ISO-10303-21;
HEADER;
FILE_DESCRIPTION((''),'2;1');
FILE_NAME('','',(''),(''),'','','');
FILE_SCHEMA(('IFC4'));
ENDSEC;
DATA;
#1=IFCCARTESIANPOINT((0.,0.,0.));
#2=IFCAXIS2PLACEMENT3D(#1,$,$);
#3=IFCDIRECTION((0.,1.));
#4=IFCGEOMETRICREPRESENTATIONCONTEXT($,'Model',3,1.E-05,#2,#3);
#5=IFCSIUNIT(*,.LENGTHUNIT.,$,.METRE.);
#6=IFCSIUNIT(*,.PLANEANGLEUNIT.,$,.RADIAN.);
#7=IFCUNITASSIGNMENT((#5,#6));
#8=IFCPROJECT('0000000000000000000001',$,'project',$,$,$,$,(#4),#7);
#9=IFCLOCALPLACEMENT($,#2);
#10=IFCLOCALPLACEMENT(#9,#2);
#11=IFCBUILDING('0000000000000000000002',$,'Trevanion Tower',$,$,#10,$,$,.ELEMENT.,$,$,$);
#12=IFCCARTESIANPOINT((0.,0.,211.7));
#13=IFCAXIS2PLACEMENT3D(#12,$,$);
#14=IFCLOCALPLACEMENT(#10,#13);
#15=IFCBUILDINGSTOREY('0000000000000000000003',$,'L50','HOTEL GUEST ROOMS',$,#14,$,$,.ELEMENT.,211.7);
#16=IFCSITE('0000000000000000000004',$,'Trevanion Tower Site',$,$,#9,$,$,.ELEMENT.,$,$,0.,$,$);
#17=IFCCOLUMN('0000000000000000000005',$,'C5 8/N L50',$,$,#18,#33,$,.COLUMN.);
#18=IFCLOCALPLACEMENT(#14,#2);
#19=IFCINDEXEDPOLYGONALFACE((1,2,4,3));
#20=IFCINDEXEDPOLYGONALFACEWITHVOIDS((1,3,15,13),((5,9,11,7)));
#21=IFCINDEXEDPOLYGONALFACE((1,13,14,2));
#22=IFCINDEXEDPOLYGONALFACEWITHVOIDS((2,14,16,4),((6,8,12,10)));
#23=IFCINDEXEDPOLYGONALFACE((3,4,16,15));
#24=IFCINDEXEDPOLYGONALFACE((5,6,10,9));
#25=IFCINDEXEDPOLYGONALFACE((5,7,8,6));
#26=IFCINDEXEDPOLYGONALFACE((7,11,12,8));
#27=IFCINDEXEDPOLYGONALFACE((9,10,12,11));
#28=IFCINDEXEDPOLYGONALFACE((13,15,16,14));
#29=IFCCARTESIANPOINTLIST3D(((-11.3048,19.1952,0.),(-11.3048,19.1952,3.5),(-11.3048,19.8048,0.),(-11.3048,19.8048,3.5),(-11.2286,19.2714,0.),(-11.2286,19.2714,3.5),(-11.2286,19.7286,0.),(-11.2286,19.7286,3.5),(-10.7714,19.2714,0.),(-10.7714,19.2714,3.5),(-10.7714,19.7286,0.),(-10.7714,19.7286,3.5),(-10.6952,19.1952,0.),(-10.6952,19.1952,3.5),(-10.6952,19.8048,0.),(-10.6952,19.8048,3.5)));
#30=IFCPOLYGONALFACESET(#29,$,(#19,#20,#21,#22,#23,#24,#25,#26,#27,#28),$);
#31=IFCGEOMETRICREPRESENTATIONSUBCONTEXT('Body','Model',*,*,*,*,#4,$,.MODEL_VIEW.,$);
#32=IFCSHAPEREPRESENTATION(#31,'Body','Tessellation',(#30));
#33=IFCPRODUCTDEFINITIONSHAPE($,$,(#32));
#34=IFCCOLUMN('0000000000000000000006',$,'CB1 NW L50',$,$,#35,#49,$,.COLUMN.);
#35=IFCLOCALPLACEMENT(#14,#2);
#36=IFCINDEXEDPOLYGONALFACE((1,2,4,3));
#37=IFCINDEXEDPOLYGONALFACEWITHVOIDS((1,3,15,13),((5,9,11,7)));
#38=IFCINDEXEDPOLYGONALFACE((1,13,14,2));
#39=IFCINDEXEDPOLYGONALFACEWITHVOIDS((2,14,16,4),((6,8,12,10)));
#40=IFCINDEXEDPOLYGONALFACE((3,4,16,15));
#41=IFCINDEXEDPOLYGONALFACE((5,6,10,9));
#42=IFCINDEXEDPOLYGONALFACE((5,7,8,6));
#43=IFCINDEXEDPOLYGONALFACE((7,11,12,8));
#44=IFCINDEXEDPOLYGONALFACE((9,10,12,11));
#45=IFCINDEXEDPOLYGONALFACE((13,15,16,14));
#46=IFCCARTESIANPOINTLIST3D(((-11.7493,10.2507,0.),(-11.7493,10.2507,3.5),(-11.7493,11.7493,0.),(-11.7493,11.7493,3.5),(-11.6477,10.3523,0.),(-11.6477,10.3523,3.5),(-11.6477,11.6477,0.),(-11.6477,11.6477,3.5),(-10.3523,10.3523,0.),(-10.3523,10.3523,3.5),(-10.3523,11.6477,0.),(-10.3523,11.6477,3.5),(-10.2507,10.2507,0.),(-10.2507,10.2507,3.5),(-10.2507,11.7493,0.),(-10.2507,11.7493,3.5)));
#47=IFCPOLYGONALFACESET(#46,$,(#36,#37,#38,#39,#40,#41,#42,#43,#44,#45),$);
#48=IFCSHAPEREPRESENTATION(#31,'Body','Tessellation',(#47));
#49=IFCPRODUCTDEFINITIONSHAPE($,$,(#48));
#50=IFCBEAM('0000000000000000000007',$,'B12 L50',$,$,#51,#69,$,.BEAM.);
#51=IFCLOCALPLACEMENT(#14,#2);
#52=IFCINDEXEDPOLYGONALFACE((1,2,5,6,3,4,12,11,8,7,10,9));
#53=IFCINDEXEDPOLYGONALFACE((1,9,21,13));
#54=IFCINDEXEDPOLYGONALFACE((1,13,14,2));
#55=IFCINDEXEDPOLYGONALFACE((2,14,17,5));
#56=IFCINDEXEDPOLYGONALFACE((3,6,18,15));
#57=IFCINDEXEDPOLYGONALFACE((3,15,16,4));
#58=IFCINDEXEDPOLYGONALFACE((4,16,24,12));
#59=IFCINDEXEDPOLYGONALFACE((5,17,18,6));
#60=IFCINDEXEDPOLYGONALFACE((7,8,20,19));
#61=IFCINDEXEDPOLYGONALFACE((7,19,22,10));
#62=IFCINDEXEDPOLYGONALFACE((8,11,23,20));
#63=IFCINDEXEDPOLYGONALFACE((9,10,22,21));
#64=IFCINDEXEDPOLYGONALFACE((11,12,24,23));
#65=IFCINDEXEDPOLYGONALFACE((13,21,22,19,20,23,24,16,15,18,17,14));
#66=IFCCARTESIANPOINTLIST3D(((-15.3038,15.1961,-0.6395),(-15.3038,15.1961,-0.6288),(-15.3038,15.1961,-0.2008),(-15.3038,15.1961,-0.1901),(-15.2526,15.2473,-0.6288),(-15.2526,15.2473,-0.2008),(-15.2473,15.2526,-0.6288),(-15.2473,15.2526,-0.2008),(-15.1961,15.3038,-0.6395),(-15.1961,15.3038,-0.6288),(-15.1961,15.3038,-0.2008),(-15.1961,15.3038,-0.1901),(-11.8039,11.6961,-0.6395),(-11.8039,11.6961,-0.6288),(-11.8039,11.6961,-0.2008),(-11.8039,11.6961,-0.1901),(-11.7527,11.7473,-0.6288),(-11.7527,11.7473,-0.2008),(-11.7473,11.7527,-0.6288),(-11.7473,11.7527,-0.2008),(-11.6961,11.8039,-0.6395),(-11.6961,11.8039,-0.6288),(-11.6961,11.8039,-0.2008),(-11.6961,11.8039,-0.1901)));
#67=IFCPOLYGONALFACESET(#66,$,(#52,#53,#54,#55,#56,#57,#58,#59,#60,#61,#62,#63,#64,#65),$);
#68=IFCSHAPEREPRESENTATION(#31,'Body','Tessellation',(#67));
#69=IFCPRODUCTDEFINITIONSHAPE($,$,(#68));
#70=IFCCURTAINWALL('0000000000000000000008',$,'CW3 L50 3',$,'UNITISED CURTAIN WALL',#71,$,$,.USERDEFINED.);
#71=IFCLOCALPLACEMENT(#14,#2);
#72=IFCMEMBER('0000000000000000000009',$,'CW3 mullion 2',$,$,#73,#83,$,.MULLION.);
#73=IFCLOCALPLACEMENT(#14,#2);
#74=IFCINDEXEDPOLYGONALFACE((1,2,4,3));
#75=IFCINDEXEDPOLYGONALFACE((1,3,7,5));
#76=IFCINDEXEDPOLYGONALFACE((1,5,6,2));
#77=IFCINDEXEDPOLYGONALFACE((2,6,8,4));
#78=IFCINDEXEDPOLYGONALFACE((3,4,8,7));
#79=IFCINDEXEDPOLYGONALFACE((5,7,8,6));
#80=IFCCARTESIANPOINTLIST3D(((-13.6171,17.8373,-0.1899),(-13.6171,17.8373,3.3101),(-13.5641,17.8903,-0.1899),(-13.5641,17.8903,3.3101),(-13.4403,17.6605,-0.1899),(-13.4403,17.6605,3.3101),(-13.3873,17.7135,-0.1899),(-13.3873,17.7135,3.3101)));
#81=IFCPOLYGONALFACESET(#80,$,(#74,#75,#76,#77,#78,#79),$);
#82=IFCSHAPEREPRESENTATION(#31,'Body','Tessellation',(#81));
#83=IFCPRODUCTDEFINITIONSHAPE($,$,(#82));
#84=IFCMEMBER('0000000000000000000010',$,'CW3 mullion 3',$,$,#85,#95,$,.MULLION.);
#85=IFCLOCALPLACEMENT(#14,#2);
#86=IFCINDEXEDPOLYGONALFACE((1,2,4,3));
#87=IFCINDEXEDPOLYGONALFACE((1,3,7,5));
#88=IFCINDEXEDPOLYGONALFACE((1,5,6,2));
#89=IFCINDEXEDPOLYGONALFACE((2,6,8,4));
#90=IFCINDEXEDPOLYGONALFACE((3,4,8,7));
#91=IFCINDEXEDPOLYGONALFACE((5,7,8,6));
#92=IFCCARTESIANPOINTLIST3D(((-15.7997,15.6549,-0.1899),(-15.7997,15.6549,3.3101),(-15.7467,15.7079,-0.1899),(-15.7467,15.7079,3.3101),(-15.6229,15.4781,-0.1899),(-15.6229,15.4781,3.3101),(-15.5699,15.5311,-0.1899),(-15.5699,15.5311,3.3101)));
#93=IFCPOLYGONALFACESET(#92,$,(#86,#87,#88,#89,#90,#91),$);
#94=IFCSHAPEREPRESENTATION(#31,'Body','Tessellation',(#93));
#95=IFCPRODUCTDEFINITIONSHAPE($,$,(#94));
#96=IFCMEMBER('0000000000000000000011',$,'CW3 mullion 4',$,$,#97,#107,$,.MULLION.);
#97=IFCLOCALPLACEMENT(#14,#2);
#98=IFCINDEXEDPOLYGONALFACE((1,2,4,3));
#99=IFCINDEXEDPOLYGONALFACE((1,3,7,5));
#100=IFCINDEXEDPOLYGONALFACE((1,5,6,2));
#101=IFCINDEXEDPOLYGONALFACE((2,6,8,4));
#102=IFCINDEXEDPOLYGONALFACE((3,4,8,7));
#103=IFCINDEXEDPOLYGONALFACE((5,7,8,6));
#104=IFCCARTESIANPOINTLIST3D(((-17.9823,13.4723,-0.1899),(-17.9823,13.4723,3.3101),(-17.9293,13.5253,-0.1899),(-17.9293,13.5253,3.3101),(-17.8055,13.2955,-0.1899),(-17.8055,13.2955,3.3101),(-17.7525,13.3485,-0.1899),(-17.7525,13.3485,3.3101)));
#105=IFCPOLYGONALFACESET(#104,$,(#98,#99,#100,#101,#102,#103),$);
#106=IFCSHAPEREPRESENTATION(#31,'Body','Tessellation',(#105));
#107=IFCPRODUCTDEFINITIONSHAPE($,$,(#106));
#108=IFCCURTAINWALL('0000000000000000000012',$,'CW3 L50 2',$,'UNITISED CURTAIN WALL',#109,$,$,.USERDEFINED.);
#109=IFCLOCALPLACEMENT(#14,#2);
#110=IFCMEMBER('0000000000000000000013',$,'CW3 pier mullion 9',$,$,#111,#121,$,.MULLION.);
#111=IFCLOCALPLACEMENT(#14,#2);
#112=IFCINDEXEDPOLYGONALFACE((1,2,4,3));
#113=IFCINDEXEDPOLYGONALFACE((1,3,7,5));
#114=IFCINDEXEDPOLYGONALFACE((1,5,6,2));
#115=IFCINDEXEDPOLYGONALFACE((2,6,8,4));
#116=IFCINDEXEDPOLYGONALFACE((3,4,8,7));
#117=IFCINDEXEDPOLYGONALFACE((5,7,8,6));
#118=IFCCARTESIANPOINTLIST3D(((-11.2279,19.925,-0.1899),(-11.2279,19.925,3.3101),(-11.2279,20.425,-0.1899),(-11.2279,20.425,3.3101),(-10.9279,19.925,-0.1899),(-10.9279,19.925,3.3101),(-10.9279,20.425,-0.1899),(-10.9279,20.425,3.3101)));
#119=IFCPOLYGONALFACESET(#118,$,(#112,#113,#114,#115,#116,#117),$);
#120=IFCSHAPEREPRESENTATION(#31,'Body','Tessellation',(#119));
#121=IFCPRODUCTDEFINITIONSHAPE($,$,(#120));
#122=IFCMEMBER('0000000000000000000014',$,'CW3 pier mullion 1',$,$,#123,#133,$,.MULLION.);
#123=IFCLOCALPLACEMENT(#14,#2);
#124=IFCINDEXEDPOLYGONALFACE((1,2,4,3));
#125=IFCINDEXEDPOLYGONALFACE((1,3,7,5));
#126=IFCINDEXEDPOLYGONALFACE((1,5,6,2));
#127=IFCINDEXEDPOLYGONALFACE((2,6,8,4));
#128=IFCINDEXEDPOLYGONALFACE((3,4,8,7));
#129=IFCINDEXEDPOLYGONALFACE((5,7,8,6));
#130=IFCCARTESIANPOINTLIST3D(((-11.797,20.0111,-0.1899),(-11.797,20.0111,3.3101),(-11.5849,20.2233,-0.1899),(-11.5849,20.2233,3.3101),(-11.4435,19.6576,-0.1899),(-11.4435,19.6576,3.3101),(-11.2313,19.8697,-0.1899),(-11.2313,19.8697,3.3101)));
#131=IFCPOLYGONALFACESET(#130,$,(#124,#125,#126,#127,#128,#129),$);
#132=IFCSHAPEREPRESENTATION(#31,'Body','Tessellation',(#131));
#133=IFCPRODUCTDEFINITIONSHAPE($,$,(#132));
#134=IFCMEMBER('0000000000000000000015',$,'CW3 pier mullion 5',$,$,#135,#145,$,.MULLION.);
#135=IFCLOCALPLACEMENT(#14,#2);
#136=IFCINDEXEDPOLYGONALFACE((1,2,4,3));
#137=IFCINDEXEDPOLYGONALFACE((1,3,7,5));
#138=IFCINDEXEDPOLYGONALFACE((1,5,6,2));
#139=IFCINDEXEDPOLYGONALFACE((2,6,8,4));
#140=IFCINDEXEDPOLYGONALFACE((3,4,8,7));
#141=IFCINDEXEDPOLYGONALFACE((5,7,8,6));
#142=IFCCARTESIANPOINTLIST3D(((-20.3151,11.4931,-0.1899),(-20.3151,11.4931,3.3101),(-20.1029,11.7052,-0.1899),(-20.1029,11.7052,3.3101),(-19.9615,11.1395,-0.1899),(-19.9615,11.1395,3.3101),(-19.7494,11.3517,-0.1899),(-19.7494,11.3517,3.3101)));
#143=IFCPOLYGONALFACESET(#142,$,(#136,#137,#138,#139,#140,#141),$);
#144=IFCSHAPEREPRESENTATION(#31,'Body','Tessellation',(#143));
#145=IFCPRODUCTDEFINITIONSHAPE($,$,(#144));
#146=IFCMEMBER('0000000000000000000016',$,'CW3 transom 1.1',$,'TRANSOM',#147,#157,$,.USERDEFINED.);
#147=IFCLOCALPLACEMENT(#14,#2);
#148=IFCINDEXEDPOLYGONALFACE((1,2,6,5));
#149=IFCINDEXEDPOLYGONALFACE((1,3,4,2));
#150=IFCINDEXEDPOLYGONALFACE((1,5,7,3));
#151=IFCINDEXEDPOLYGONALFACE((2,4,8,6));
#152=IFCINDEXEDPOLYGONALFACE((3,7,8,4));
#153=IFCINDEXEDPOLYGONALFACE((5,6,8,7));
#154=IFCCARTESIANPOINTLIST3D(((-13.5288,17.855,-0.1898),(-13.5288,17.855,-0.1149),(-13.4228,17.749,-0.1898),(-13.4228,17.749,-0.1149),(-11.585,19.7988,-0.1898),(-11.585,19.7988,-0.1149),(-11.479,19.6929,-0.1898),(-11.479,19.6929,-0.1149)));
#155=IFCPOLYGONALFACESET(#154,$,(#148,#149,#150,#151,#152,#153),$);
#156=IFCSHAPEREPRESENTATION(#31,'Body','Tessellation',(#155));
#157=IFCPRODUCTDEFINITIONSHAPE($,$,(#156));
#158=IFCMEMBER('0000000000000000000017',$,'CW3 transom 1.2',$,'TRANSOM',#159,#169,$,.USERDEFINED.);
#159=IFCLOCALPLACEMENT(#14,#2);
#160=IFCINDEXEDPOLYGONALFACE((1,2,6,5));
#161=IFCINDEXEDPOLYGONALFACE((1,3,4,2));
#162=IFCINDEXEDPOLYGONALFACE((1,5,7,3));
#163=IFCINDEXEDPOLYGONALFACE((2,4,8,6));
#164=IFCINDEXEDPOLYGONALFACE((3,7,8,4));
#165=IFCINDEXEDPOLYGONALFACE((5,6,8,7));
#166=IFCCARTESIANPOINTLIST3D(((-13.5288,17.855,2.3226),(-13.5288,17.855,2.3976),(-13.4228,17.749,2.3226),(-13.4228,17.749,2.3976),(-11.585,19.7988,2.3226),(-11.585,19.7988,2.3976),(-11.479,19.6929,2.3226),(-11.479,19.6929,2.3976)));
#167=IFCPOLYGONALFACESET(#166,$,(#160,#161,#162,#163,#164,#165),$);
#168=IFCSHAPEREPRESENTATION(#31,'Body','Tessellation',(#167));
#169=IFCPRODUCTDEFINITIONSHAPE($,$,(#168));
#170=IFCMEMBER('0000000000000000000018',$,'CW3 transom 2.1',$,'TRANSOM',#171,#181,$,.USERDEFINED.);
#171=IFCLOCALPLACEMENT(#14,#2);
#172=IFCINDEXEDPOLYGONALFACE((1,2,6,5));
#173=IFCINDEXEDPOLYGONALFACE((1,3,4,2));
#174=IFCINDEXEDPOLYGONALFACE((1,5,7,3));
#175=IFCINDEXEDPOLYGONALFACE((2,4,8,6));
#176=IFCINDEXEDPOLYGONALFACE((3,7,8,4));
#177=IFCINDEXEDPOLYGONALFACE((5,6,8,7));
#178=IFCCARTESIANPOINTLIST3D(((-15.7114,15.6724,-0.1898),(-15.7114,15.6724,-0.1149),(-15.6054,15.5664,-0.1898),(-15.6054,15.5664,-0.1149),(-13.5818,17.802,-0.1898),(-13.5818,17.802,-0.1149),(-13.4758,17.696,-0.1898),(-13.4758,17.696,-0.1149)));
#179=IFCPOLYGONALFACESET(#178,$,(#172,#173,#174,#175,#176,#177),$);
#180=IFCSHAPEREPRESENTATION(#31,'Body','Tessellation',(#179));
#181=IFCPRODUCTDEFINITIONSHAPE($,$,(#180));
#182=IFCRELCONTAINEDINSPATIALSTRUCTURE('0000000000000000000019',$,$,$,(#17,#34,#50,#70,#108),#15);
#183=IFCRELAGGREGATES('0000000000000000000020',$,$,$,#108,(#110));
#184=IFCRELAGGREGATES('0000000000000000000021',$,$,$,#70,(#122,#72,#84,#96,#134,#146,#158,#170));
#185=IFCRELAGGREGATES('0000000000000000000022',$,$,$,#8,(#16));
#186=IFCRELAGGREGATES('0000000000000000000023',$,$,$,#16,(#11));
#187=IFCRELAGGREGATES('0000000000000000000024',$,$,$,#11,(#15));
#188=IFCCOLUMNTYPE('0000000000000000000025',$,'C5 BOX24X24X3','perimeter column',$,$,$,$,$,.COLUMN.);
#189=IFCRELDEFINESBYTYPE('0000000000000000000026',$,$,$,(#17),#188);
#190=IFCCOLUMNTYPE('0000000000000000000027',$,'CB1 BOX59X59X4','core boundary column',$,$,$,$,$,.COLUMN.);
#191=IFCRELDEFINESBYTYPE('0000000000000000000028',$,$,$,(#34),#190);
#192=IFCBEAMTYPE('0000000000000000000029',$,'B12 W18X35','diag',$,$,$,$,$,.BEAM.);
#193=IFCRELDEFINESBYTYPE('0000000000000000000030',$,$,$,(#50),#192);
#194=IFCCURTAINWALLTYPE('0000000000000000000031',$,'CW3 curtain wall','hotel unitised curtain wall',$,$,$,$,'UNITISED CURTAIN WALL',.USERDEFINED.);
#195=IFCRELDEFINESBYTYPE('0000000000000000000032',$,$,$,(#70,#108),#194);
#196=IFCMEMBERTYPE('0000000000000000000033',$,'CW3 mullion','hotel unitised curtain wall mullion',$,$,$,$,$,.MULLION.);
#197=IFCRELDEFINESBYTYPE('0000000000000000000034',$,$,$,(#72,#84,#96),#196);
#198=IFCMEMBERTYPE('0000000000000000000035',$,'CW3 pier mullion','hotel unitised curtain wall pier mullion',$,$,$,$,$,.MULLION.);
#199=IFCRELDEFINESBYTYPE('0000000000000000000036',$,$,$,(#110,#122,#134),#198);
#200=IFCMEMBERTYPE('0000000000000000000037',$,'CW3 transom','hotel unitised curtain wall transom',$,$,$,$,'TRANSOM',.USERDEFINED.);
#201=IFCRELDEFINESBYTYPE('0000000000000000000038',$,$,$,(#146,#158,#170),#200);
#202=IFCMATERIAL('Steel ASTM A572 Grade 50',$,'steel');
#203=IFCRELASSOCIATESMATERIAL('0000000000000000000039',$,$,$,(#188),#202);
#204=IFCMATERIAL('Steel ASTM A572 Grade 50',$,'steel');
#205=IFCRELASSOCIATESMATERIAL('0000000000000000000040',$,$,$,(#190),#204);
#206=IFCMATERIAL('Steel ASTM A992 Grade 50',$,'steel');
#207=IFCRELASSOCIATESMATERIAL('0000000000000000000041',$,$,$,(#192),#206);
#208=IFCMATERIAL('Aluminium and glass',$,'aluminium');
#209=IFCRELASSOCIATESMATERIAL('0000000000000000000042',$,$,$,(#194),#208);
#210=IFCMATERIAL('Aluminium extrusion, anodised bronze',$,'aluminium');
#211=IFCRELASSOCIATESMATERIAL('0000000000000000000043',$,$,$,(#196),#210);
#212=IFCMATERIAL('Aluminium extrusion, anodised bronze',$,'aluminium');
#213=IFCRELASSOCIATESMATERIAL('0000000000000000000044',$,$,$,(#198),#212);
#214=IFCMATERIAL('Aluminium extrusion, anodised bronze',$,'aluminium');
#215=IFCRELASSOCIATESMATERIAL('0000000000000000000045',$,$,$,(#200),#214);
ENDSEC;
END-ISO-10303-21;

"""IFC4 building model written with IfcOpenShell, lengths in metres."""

from ifc_helpers import new_model, si_unit, direction, frame, origin, origin_2d, place, context, subcontext, project, spatial, rectangle, hollow_rectangle, i_section, extrude, material, material_profile, profile_set, type_object, element, aggregate, save


model = new_model("IFC4")

# Units and contexts
model_context = context("Model", 3, precision=1e-05, world=origin(), true_north=direction((0.0, 1.0)))
body_context = subcontext(model_context, "Body", "Model", "MODEL_VIEW")
ifc_project = project(units=[si_unit("LENGTHUNIT", "METRE"), si_unit("PLANEANGLEUNIT", "RADIAN")], contexts=[model_context])

# Site, building, storey
site_placement = place(None, origin())
site = spatial("IfcSite", under=ifc_project, at=site_placement, Name="Trevanion Tower Site", CompositionType="ELEMENT", RefElevation=0.0)
building_placement = place(site_placement, origin())
building = spatial("IfcBuilding", under=site, at=building_placement, Name="Trevanion Tower", CompositionType="ELEMENT")
storey_placement = place(building_placement, frame((0.0, 0.0, 211.7)))
storey = spatial("IfcBuildingStorey", under=building, at=storey_placement, Name="L50", Description="HOTEL GUEST ROOMS", CompositionType="ELEMENT", Elevation=211.7)

# Columns
ifc_material_1 = material(Name="Steel ASTM A572 Grade 50", Category="steel")
ifc_material_profile_1 = material_profile(ifc_material_1, hollow_rectangle(XDim=0.6096, YDim=0.6096, WallThickness=0.0762, at=origin_2d()), Name="BOX24X24X3")
ifc_profile_set_1 = profile_set([ifc_material_profile_1], Name="Steel ASTM A572 Grade 50")
column_type_1 = type_object("IfcColumnType", Name="C5 BOX24X24X3", Description="perimeter column", PredefinedType="COLUMN", material=ifc_profile_set_1)
column_1_placement = place(storey_placement, frame((-11.0, 19.5, 0.0), z_axis=(0.0, 0.0, 1.0), x_axis=(1.0, 0.0, 0.0)))
element("IfcColumn", 1, at=column_1_placement, inside=storey, type_object=column_type_1, Name="C5 8/N L50", PredefinedType="COLUMN", context=body_context, shape_type="SweptSolid", body=[
    extrude(hollow_rectangle(XDim=0.6096, YDim=0.6096, WallThickness=0.0762, at=origin_2d()), origin(), (0.0, 0.0, 1.0), 3.5),
])
ifc_material_2 = material(Name="Steel ASTM A572 Grade 50", Category="steel")
ifc_material_profile_2 = material_profile(ifc_material_2, hollow_rectangle(XDim=1.4985, YDim=1.4985, WallThickness=0.1016, at=origin_2d()), Name="BOX59X59X4")
ifc_profile_set_2 = profile_set([ifc_material_profile_2], Name="Steel ASTM A572 Grade 50")
column_type_2 = type_object("IfcColumnType", Name="CB1 BOX59X59X4", Description="core boundary column", PredefinedType="COLUMN", material=ifc_profile_set_2)
column_2_placement = place(storey_placement, frame((-11.0, 11.0, 0.0), z_axis=(0.0, 0.0, 1.0), x_axis=(1.0, 0.0, 0.0)))
element("IfcColumn", 2, at=column_2_placement, inside=storey, type_object=column_type_2, Name="CB1 NW L50", PredefinedType="COLUMN", context=body_context, shape_type="SweptSolid", body=[
    extrude(hollow_rectangle(XDim=1.4985, YDim=1.4985, WallThickness=0.1016, at=origin_2d()), origin(), (0.0, 0.0, 1.0), 3.5),
])

# Beam
ifc_material_3 = material(Name="Steel ASTM A992 Grade 50", Category="steel")
ifc_material_profile_3 = material_profile(ifc_material_3, i_section(OverallWidth=0.1523, OverallDepth=0.4495, WebThickness=0.0076, FlangeThickness=0.0107, at=origin_2d()), Name="W18X35")
ifc_profile_set_3 = profile_set([ifc_material_profile_3], Name="Steel ASTM A992 Grade 50")
beam_type_1 = type_object("IfcBeamType", Name="B12 W18X35", Description="diag", PredefinedType="BEAM", material=ifc_profile_set_3)
beam_1_placement = place(storey_placement, frame((-11.75, 11.75, -0.4148), z_axis=(-0.707107, 0.707107, 0.0), x_axis=(-0.707107, -0.707107, 0.0)))
element("IfcBeam", 3, at=beam_1_placement, inside=storey, type_object=beam_type_1, Name="B12 L50", PredefinedType="BEAM", context=body_context, shape_type="SweptSolid", body=[
    extrude(i_section(OverallWidth=0.1523, OverallDepth=0.4495, WebThickness=0.0076, FlangeThickness=0.0107, at=origin_2d()), origin(), (0.0, 0.0, 1.0), 4.9497),
])

# Curtain wall, members
ifc_material_4 = material(Name="Aluminium and glass", Category="aluminium")
curtain_wall_type = type_object("IfcCurtainWallType", Name="CW3 curtain wall", Description="hotel unitised curtain wall", ElementType="UNITISED CURTAIN WALL", PredefinedType="USERDEFINED", material=ifc_material_4)
curtain_wall_1_placement = place(storey_placement, origin())
curtain_wall_1 = element("IfcCurtainWall", 4, at=curtain_wall_1_placement, inside=storey, type_object=curtain_wall_type, Name="CW3 L50 3", ObjectType="UNITISED CURTAIN WALL", PredefinedType="USERDEFINED")
ifc_material_5 = material(Name="Aluminium extrusion, anodised bronze", Category="aluminium")
ifc_material_profile_4 = material_profile(ifc_material_5, rectangle(XDim=0.075, YDim=0.25, at=origin_2d()), Name="CW3 mullion")
ifc_profile_set_4 = profile_set([ifc_material_profile_4], Name="Aluminium extrusion, anodised bronze")
member_type_1 = type_object("IfcMemberType", Name="CW3 mullion", Description="hotel unitised curtain wall mullion", PredefinedType="MULLION", material=ifc_profile_set_4)
member_1_placement = place(storey_placement, frame((-13.5022, 17.7754, -0.1899), z_axis=(0.0, 0.0, 1.0), x_axis=(-0.707107, -0.707107, 0.0)))
member_1 = element("IfcMember", 5, at=member_1_placement, type_object=member_type_1, Name="CW3 mullion 2", PredefinedType="MULLION", context=body_context, shape_type="SweptSolid", body=[
    extrude(rectangle(XDim=0.075, YDim=0.25, at=origin_2d()), origin(), (0.0, 0.0, 1.0), 3.5),
])
member_2_placement = place(storey_placement, frame((-15.6848, 15.593, -0.1899), z_axis=(0.0, 0.0, 1.0), x_axis=(-0.707107, -0.707107, 0.0)))
member_2 = element("IfcMember", 6, at=member_2_placement, type_object=member_type_1, Name="CW3 mullion 3", PredefinedType="MULLION", context=body_context, shape_type="SweptSolid", body=[
    extrude(rectangle(XDim=0.075, YDim=0.25, at=origin_2d()), origin(), (0.0, 0.0, 1.0), 3.5),
])
member_3_placement = place(storey_placement, frame((-17.8674, 13.4104, -0.1899), z_axis=(0.0, 0.0, 1.0), x_axis=(-0.707107, -0.707107, 0.0)))
member_3 = element("IfcMember", 7, at=member_3_placement, type_object=member_type_1, Name="CW3 mullion 4", PredefinedType="MULLION", context=body_context, shape_type="SweptSolid", body=[
    extrude(rectangle(XDim=0.075, YDim=0.25, at=origin_2d()), origin(), (0.0, 0.0, 1.0), 3.5),
])

# Curtain wall, member
curtain_wall_2_placement = place(storey_placement, origin())
curtain_wall_2 = element("IfcCurtainWall", 8, at=curtain_wall_2_placement, inside=storey, type_object=curtain_wall_type, Name="CW3 L50 2", ObjectType="UNITISED CURTAIN WALL", PredefinedType="USERDEFINED")
ifc_material_6 = material(Name="Aluminium extrusion, anodised bronze", Category="aluminium")
ifc_material_profile_5 = material_profile(ifc_material_6, rectangle(XDim=0.3, YDim=0.5, at=origin_2d()), Name="CW3 pier mullion")
ifc_profile_set_5 = profile_set([ifc_material_profile_5], Name="Aluminium extrusion, anodised bronze")
member_type_2 = type_object("IfcMemberType", Name="CW3 pier mullion", Description="hotel unitised curtain wall pier mullion", PredefinedType="MULLION", material=ifc_profile_set_5)
member_4_placement = place(storey_placement, frame((-11.0779, 20.175, -0.1899), z_axis=(0.0, 0.0, 1.0), x_axis=(-1.0, 0.0, 0.0)))
member_4 = element("IfcMember", 9, at=member_4_placement, type_object=member_type_2, Name="CW3 pier mullion 9", PredefinedType="MULLION", context=body_context, shape_type="SweptSolid", body=[
    extrude(rectangle(XDim=0.3, YDim=0.5, at=origin_2d()), origin(), (0.0, 0.0, 1.0), 3.5),
])
aggregate(curtain_wall_2, [member_4])

# Members
member_5_placement = place(storey_placement, frame((-11.5142, 19.9404, -0.1899), z_axis=(0.0, 0.0, 1.0), x_axis=(-0.707107, -0.707107, 0.0)))
member_5 = element("IfcMember", 10, at=member_5_placement, type_object=member_type_2, Name="CW3 pier mullion 1", PredefinedType="MULLION", context=body_context, shape_type="SweptSolid", body=[
    extrude(rectangle(XDim=0.3, YDim=0.5, at=origin_2d()), origin(), (0.0, 0.0, 1.0), 3.5),
])
member_6_placement = place(storey_placement, frame((-20.0322, 11.4224, -0.1899), z_axis=(0.0, 0.0, 1.0), x_axis=(-0.707107, -0.707107, 0.0)))
member_6 = element("IfcMember", 11, at=member_6_placement, type_object=member_type_2, Name="CW3 pier mullion 5", PredefinedType="MULLION", context=body_context, shape_type="SweptSolid", body=[
    extrude(rectangle(XDim=0.3, YDim=0.5, at=origin_2d()), origin(), (0.0, 0.0, 1.0), 3.5),
])
ifc_material_7 = material(Name="Aluminium extrusion, anodised bronze", Category="aluminium")
ifc_material_profile_6 = material_profile(ifc_material_7, rectangle(XDim=0.1499, YDim=0.075, at=origin_2d()), Name="CW3 transom")
ifc_profile_set_6 = profile_set([ifc_material_profile_6], Name="Aluminium extrusion, anodised bronze")
member_type_3 = type_object("IfcMemberType", Name="CW3 transom", Description="hotel unitised curtain wall transom", ElementType="TRANSOM", PredefinedType="USERDEFINED", material=ifc_profile_set_6)
member_7_placement = place(storey_placement, frame((-11.532, 19.7458, -0.1523), z_axis=(-0.707107, -0.707107, 0.0), x_axis=(0.707107, -0.707107, 0.0)))
member_7 = element("IfcMember", 12, at=member_7_placement, type_object=member_type_3, Name="CW3 transom 1.1", ObjectType="TRANSOM", PredefinedType="USERDEFINED", context=body_context, shape_type="SweptSolid", body=[
    extrude(rectangle(XDim=0.1499, YDim=0.075, at=origin_2d()), origin(), (0.0, 0.0, 1.0), 2.749),
])
member_8_placement = place(storey_placement, frame((-11.532, 19.7458, 2.3601), z_axis=(-0.707107, -0.707107, 0.0), x_axis=(0.707107, -0.707107, 0.0)))
member_8 = element("IfcMember", 13, at=member_8_placement, type_object=member_type_3, Name="CW3 transom 1.2", ObjectType="TRANSOM", PredefinedType="USERDEFINED", context=body_context, shape_type="SweptSolid", body=[
    extrude(rectangle(XDim=0.1499, YDim=0.075, at=origin_2d()), origin(), (0.0, 0.0, 1.0), 2.749),
])
member_9_placement = place(storey_placement, frame((-13.5288, 17.749, -0.1523), z_axis=(-0.707107, -0.707107, 0.0), x_axis=(0.707107, -0.707107, 0.0)))
member_9 = element("IfcMember", 14, at=member_9_placement, type_object=member_type_3, Name="CW3 transom 2.1", ObjectType="TRANSOM", PredefinedType="USERDEFINED", context=body_context, shape_type="SweptSolid", body=[
    extrude(rectangle(XDim=0.1499, YDim=0.075, at=origin_2d()), origin(), (0.0, 0.0, 1.0), 3.0117),
])

aggregate(curtain_wall_1, [member_5, member_1, member_2, member_3, member_6, member_7, member_8, member_9])

save(model, "model.ifc")
